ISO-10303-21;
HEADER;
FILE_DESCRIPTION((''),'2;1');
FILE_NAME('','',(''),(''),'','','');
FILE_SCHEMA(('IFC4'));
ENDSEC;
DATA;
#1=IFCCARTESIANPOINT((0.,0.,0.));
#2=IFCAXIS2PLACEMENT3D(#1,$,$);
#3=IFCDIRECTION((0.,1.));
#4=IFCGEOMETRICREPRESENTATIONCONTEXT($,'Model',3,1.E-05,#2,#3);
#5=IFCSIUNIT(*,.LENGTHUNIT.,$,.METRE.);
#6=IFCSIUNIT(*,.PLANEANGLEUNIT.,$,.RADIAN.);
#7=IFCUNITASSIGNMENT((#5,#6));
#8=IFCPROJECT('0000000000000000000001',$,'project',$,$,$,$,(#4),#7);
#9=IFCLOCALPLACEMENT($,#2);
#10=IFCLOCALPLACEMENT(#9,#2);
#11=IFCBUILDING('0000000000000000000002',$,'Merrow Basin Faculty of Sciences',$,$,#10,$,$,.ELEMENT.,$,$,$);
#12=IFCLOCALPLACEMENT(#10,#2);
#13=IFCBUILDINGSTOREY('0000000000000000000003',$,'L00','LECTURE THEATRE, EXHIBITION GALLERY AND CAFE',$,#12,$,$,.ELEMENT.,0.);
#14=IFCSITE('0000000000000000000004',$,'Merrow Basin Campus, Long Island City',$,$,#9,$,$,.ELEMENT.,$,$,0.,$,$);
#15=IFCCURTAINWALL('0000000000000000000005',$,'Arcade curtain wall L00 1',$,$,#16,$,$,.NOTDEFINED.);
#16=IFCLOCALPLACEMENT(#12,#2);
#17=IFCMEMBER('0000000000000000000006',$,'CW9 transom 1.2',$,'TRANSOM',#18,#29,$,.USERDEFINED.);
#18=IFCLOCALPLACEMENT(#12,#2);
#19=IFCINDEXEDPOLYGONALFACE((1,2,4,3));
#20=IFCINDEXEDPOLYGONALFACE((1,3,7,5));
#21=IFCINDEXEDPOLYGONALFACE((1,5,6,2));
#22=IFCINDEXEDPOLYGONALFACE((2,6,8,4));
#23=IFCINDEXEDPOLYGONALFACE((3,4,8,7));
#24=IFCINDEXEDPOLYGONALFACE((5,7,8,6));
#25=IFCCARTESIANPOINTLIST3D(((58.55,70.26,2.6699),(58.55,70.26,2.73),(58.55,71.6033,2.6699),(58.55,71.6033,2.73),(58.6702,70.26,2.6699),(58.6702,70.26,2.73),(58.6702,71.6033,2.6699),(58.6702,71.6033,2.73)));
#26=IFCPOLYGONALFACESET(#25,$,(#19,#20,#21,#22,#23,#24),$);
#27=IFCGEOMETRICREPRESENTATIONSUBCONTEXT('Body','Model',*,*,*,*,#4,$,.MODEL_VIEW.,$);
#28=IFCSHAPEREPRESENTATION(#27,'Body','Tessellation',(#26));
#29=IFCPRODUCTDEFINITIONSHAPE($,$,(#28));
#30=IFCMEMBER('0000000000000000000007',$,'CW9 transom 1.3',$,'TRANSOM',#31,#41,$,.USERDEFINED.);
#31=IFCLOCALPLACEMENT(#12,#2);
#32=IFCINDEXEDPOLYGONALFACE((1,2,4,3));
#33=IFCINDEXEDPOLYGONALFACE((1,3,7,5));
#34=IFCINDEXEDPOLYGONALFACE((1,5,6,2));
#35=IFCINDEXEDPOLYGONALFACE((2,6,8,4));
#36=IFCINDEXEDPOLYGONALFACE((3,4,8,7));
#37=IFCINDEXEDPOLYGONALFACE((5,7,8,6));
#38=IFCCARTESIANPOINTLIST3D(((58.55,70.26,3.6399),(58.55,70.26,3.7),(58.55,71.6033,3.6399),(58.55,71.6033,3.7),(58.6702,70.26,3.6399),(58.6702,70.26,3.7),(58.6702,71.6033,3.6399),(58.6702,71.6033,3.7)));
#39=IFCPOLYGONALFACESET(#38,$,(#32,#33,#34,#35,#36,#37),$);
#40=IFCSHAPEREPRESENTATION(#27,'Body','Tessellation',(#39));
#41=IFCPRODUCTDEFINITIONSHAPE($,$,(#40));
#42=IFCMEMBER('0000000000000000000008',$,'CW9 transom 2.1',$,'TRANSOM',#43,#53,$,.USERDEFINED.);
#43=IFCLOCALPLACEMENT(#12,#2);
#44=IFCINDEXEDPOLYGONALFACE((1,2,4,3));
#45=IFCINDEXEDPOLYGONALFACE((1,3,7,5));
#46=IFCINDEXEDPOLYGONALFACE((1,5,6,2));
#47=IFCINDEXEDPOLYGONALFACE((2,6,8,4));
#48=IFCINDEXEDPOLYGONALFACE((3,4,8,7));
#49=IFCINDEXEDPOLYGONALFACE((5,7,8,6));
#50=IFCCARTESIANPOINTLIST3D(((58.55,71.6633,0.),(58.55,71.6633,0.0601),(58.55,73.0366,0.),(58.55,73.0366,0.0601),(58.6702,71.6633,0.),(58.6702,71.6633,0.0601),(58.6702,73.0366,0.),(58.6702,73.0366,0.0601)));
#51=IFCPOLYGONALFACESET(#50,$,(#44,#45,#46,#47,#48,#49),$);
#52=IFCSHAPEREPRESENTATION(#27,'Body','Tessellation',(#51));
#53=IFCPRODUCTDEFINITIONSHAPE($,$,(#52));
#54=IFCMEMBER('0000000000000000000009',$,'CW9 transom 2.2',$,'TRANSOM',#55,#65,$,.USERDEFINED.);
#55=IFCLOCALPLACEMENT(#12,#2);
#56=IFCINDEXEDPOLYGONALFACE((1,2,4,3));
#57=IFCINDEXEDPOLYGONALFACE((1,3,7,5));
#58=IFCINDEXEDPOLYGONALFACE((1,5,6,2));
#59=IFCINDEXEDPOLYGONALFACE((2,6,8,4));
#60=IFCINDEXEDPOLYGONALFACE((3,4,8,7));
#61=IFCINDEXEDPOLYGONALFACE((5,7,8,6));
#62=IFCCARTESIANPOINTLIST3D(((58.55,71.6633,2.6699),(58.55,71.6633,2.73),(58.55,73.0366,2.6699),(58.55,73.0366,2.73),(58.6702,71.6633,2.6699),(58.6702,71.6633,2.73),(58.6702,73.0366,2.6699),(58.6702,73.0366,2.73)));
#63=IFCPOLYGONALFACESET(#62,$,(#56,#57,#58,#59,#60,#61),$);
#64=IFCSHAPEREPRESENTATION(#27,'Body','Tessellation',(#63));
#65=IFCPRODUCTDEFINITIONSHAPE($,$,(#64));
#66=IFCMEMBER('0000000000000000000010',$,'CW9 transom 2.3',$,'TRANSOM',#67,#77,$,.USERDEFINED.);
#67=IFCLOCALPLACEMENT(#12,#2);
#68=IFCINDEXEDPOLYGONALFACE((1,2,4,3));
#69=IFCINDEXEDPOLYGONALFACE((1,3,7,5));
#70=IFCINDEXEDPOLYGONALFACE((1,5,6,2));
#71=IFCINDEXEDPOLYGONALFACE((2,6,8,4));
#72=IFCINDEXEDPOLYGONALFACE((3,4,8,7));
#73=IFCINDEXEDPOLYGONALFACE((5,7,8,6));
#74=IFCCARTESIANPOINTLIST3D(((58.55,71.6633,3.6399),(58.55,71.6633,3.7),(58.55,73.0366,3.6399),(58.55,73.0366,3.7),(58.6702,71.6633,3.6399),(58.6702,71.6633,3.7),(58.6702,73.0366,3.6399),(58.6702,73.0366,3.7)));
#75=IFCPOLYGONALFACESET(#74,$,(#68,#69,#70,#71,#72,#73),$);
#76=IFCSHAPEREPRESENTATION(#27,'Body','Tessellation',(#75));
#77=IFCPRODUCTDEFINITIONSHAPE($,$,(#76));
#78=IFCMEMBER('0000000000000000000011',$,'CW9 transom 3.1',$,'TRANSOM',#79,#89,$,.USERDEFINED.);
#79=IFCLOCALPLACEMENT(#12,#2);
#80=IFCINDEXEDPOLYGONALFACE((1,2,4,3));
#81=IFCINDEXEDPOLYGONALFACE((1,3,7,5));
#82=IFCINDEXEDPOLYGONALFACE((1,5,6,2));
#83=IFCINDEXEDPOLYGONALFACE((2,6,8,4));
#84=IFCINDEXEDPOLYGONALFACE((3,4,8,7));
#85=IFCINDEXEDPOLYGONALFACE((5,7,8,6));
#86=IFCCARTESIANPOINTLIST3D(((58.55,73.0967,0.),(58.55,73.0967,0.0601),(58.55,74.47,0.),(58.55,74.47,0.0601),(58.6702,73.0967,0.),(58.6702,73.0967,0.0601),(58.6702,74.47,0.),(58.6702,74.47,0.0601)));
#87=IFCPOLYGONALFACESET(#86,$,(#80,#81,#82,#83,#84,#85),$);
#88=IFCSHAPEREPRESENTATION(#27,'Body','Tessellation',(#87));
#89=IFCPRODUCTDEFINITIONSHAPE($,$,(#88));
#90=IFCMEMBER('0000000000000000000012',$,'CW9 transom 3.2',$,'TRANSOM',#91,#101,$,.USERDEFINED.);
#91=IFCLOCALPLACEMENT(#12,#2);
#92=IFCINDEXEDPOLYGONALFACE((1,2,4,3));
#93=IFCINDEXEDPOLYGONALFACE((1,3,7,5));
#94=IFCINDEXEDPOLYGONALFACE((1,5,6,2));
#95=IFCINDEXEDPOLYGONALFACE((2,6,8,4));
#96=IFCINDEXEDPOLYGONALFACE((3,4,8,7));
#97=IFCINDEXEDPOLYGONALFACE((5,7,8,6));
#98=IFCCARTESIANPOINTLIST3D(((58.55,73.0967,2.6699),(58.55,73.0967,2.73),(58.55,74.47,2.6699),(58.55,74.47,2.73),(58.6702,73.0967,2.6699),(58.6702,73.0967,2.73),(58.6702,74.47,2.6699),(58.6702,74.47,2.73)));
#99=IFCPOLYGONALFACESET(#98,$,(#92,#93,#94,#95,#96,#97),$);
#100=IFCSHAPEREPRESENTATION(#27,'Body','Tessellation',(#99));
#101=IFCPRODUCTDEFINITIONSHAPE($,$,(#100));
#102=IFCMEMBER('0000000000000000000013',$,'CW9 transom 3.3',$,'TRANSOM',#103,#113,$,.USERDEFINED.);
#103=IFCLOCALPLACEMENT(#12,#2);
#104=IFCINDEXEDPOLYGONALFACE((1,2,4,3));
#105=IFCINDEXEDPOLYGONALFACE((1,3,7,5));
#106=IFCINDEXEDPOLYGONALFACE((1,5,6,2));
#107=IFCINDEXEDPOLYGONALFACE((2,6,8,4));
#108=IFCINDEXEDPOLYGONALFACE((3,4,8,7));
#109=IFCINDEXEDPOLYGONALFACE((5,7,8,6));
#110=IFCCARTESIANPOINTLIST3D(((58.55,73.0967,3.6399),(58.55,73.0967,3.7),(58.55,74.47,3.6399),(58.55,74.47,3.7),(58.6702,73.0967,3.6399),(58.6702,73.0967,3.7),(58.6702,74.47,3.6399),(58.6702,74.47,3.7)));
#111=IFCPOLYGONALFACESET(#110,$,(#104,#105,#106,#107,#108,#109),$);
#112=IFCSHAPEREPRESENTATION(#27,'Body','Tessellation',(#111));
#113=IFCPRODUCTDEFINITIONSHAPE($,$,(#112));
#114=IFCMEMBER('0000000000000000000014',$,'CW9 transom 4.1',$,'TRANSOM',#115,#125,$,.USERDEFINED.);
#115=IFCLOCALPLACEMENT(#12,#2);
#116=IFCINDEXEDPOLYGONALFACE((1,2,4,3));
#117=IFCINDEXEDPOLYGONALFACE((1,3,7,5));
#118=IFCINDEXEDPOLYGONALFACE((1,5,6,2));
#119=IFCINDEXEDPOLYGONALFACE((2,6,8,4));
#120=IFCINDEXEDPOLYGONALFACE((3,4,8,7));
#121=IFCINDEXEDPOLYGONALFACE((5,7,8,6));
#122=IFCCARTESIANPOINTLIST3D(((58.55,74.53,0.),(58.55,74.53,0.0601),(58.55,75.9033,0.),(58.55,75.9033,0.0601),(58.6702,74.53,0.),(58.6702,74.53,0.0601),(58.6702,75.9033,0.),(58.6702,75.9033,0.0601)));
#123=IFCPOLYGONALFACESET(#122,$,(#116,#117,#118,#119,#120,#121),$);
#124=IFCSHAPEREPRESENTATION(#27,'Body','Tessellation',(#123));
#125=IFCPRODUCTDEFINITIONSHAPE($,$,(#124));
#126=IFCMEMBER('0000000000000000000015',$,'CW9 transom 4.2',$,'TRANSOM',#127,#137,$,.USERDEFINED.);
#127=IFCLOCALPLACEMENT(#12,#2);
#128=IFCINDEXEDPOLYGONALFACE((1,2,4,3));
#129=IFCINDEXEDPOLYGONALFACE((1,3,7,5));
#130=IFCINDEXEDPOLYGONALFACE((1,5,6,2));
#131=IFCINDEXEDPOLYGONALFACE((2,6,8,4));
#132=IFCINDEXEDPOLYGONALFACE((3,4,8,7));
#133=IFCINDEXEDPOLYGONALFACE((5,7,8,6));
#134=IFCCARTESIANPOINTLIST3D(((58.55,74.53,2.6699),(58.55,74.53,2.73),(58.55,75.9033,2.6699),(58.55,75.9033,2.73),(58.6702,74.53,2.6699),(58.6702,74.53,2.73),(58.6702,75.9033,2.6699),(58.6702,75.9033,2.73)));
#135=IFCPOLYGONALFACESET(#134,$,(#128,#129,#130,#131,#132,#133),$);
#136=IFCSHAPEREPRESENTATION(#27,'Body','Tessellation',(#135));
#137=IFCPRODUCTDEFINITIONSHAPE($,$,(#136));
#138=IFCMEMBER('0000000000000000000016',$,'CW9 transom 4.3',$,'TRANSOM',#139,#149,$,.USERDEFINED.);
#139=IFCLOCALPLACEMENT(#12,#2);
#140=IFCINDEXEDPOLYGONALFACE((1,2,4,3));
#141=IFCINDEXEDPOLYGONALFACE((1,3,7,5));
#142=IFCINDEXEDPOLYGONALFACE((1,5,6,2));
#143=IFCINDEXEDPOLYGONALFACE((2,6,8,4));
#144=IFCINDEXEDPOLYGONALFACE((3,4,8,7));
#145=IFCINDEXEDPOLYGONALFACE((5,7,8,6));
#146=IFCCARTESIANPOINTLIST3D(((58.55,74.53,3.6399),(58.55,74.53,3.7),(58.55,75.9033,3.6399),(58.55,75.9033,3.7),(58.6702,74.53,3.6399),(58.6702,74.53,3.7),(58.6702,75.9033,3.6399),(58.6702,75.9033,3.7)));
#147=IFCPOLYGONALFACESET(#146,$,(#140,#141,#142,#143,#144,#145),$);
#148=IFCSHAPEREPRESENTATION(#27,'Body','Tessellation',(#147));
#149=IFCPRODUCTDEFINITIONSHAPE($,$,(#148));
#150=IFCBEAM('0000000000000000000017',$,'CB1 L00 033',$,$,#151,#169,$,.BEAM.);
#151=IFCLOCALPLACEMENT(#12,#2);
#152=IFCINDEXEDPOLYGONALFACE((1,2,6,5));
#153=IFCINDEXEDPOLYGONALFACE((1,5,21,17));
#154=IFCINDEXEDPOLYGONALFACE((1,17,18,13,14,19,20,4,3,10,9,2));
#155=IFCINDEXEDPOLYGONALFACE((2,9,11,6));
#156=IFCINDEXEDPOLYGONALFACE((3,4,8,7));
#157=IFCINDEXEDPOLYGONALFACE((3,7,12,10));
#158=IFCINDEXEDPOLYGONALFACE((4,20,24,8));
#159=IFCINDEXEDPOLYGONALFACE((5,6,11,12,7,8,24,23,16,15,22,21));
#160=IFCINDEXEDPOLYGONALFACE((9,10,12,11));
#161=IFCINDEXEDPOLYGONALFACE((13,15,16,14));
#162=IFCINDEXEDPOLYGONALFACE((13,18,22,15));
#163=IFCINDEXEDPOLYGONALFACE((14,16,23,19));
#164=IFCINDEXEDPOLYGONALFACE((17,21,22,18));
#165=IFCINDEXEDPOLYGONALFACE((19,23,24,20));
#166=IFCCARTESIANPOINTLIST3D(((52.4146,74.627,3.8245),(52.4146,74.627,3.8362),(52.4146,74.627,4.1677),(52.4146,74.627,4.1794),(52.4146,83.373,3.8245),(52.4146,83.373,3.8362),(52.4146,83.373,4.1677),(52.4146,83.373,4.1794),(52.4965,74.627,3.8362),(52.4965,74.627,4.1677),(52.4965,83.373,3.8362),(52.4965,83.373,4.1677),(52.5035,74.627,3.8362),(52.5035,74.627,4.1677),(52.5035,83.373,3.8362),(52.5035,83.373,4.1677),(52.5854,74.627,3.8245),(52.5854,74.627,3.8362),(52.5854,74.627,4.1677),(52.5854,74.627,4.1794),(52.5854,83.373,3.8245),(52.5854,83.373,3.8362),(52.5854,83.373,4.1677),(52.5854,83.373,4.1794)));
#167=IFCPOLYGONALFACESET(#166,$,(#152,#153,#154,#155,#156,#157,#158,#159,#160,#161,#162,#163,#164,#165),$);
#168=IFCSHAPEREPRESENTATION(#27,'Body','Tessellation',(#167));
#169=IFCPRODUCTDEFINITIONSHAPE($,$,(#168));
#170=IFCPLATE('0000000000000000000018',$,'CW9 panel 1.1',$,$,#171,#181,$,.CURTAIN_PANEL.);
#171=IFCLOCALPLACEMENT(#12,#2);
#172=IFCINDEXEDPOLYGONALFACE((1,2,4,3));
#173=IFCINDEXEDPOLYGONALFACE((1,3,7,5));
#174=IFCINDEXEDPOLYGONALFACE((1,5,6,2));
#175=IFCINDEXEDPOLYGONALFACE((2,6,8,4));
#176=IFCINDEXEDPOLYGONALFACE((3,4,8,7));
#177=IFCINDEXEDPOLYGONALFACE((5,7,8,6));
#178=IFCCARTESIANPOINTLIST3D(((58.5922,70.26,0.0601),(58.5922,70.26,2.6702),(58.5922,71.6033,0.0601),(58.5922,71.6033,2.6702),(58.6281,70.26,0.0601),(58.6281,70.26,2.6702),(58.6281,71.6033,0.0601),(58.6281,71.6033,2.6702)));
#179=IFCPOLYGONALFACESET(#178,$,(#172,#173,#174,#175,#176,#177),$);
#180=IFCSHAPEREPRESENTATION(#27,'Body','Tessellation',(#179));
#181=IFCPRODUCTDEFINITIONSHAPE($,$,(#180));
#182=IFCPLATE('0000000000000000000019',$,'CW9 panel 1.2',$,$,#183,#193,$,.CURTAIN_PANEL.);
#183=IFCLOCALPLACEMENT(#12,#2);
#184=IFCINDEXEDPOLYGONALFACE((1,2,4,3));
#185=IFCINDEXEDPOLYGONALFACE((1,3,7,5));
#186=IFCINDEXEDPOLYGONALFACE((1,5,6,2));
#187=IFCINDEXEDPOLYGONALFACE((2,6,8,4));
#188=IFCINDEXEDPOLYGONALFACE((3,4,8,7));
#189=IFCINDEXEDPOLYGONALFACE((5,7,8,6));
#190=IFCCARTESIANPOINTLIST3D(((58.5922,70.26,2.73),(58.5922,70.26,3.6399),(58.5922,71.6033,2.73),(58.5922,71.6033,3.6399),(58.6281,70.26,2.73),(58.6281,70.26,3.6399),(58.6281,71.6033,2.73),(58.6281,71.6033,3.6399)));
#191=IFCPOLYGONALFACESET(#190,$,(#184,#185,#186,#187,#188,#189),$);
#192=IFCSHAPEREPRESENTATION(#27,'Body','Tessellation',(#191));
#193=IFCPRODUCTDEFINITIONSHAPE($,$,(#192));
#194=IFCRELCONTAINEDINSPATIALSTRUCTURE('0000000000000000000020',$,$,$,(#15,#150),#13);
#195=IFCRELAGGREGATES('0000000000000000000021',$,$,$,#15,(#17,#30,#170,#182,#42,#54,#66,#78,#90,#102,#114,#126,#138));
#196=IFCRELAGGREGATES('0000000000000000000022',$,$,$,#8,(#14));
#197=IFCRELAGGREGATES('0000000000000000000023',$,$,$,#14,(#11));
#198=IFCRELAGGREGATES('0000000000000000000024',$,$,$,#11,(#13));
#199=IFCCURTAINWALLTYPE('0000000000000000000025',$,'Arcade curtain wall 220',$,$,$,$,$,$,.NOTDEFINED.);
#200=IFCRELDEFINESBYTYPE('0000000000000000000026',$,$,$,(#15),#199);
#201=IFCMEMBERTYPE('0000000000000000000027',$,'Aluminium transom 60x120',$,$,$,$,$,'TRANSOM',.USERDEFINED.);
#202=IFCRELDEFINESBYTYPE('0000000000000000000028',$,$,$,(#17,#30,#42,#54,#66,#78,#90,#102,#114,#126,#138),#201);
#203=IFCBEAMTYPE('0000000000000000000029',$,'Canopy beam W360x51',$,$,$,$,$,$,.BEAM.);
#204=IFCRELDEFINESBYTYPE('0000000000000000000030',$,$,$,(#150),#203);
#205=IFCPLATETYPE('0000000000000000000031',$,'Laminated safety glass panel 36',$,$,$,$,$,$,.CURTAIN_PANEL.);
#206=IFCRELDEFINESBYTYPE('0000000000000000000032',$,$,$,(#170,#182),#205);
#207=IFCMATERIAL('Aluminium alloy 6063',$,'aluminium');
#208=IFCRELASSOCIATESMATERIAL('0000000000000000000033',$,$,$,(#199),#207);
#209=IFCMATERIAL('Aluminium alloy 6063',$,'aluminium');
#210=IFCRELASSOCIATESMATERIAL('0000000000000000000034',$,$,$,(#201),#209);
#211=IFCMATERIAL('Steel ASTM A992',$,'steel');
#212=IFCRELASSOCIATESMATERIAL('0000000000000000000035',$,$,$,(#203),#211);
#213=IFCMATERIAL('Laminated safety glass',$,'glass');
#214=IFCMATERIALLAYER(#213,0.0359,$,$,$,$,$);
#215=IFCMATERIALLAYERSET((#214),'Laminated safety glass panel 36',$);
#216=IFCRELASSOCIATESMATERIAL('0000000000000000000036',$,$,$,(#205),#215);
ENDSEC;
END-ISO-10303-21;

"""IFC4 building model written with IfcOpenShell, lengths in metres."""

from ifc_helpers import new_model, si_unit, direction, frame, origin, origin_2d, place, context, subcontext, project, spatial, rectangle, i_section, extrude, material, layer, layer_set, material_profile, profile_set, type_object, element, aggregate, save


model = new_model("IFC4")

# Units and contexts
model_context = context("Model", 3, precision=1e-05, world=origin(), true_north=direction((0.0, 1.0)))
body_context = subcontext(model_context, "Body", "Model", "MODEL_VIEW")
ifc_project = project(units=[si_unit("LENGTHUNIT", "METRE"), si_unit("PLANEANGLEUNIT", "RADIAN")], contexts=[model_context])

# Site, building, storey
site_placement = place(None, origin())
site = spatial("IfcSite", under=ifc_project, at=site_placement, Name="Merrow Basin Campus, Long Island City", CompositionType="ELEMENT", RefElevation=0.0)
building_placement = place(site_placement, origin())
building = spatial("IfcBuilding", under=site, at=building_placement, Name="Merrow Basin Faculty of Sciences", CompositionType="ELEMENT")
storey_placement = place(building_placement, origin())
storey = spatial("IfcBuildingStorey", under=building, at=storey_placement, Name="L00", Description="LECTURE THEATRE, EXHIBITION GALLERY AND CAFE", CompositionType="ELEMENT", Elevation=0.0)

# Curtain wall, members
ifc_material_1 = material(Name="Aluminium alloy 6063", Category="aluminium")
curtain_wall_type = type_object("IfcCurtainWallType", Name="Arcade curtain wall 220", PredefinedType="NOTDEFINED", material=ifc_material_1)
curtain_wall_placement = place(storey_placement, origin())
curtain_wall = element("IfcCurtainWall", 1, at=curtain_wall_placement, inside=storey, type_object=curtain_wall_type, Name="Arcade curtain wall L00 1", PredefinedType="NOTDEFINED")
ifc_material_2 = material(Name="Aluminium alloy 6063", Category="aluminium")
ifc_material_profile_1 = material_profile(ifc_material_2, rectangle(XDim=0.1201, YDim=0.0601, at=origin_2d()))
ifc_profile_set_1 = profile_set([ifc_material_profile_1], Name="Aluminium alloy 6063")
member_type_1 = type_object("IfcMemberType", Name="Aluminium transom 60x120", ElementType="TRANSOM", PredefinedType="USERDEFINED", material=ifc_profile_set_1)
member_1_placement = place(storey_placement, frame((58.6101, 70.26, 2.7), z_axis=(0.0, 1.0, 0.0), x_axis=(-1.0, 0.0, 0.0)))
member_1 = element("IfcMember", 2, at=member_1_placement, type_object=member_type_1, Name="CW9 transom 1.2", ObjectType="TRANSOM", PredefinedType="USERDEFINED", context=body_context, shape_type="SweptSolid", body=[
    extrude(rectangle(XDim=0.1201, YDim=0.0601, at=origin_2d()), origin(), (0.0, 0.0, 1.0), 1.3433),
])
member_2_placement = place(storey_placement, frame((58.6101, 70.26, 3.6699), z_axis=(0.0, 1.0, 0.0), x_axis=(-1.0, 0.0, 0.0)))
member_2 = element("IfcMember", 3, at=member_2_placement, type_object=member_type_1, Name="CW9 transom 1.3", ObjectType="TRANSOM", PredefinedType="USERDEFINED", context=body_context, shape_type="SweptSolid", body=[
    extrude(rectangle(XDim=0.1201, YDim=0.0601, at=origin_2d()), origin(), (0.0, 0.0, 1.0), 1.3433),
])
member_3_placement = place(storey_placement, frame((58.6101, 71.6633, 0.03), z_axis=(0.0, 1.0, 0.0), x_axis=(-1.0, 0.0, 0.0)))
member_3 = element("IfcMember", 4, at=member_3_placement, type_object=member_type_1, Name="CW9 transom 2.1", ObjectType="TRANSOM", PredefinedType="USERDEFINED", context=body_context, shape_type="SweptSolid", body=[
    extrude(rectangle(XDim=0.1201, YDim=0.0601, at=origin_2d()), origin(), (0.0, 0.0, 1.0), 1.3733),
])
member_4_placement = place(storey_placement, frame((58.6101, 71.6633, 2.7), z_axis=(0.0, 1.0, 0.0), x_axis=(-1.0, 0.0, 0.0)))
member_4 = element("IfcMember", 5, at=member_4_placement, type_object=member_type_1, Name="CW9 transom 2.2", ObjectType="TRANSOM", PredefinedType="USERDEFINED", context=body_context, shape_type="SweptSolid", body=[
    extrude(rectangle(XDim=0.1201, YDim=0.0601, at=origin_2d()), origin(), (0.0, 0.0, 1.0), 1.3733),
])
member_5_placement = place(storey_placement, frame((58.6101, 71.6633, 3.6699), z_axis=(0.0, 1.0, 0.0), x_axis=(-1.0, 0.0, 0.0)))
member_5 = element("IfcMember", 6, at=member_5_placement, type_object=member_type_1, Name="CW9 transom 2.3", ObjectType="TRANSOM", PredefinedType="USERDEFINED", context=body_context, shape_type="SweptSolid", body=[
    extrude(rectangle(XDim=0.1201, YDim=0.0601, at=origin_2d()), origin(), (0.0, 0.0, 1.0), 1.3733),
])
member_6_placement = place(storey_placement, frame((58.6101, 73.0967, 0.03), z_axis=(0.0, 1.0, 0.0), x_axis=(-1.0, 0.0, 0.0)))
member_6 = element("IfcMember", 7, at=member_6_placement, type_object=member_type_1, Name="CW9 transom 3.1", ObjectType="TRANSOM", PredefinedType="USERDEFINED", context=body_context, shape_type="SweptSolid", body=[
    extrude(rectangle(XDim=0.1201, YDim=0.0601, at=origin_2d()), origin(), (0.0, 0.0, 1.0), 1.3733),
])
member_7_placement = place(storey_placement, frame((58.6101, 73.0967, 2.7), z_axis=(0.0, 1.0, 0.0), x_axis=(-1.0, 0.0, 0.0)))
member_7 = element("IfcMember", 8, at=member_7_placement, type_object=member_type_1, Name="CW9 transom 3.2", ObjectType="TRANSOM", PredefinedType="USERDEFINED", context=body_context, shape_type="SweptSolid", body=[
    extrude(rectangle(XDim=0.1201, YDim=0.0601, at=origin_2d()), origin(), (0.0, 0.0, 1.0), 1.3733),
])
member_8_placement = place(storey_placement, frame((58.6101, 73.0967, 3.6699), z_axis=(0.0, 1.0, 0.0), x_axis=(-1.0, 0.0, 0.0)))
member_8 = element("IfcMember", 9, at=member_8_placement, type_object=member_type_1, Name="CW9 transom 3.3", ObjectType="TRANSOM", PredefinedType="USERDEFINED", context=body_context, shape_type="SweptSolid", body=[
    extrude(rectangle(XDim=0.1201, YDim=0.0601, at=origin_2d()), origin(), (0.0, 0.0, 1.0), 1.3733),
])
member_9_placement = place(storey_placement, frame((58.6101, 74.53, 0.03), z_axis=(0.0, 1.0, 0.0), x_axis=(-1.0, 0.0, 0.0)))
member_9 = element("IfcMember", 10, at=member_9_placement, type_object=member_type_1, Name="CW9 transom 4.1", ObjectType="TRANSOM", PredefinedType="USERDEFINED", context=body_context, shape_type="SweptSolid", body=[
    extrude(rectangle(XDim=0.1201, YDim=0.0601, at=origin_2d()), origin(), (0.0, 0.0, 1.0), 1.3733),
])
member_10_placement = place(storey_placement, frame((58.6101, 74.53, 2.7), z_axis=(0.0, 1.0, 0.0), x_axis=(-1.0, 0.0, 0.0)))
member_10 = element("IfcMember", 11, at=member_10_placement, type_object=member_type_1, Name="CW9 transom 4.2", ObjectType="TRANSOM", PredefinedType="USERDEFINED", context=body_context, shape_type="SweptSolid", body=[
    extrude(rectangle(XDim=0.1201, YDim=0.0601, at=origin_2d()), origin(), (0.0, 0.0, 1.0), 1.3733),
])
member_11_placement = place(storey_placement, frame((58.6101, 74.53, 3.6699), z_axis=(0.0, 1.0, 0.0), x_axis=(-1.0, 0.0, 0.0)))
member_11 = element("IfcMember", 12, at=member_11_placement, type_object=member_type_1, Name="CW9 transom 4.3", ObjectType="TRANSOM", PredefinedType="USERDEFINED", context=body_context, shape_type="SweptSolid", body=[
    extrude(rectangle(XDim=0.1201, YDim=0.0601, at=origin_2d()), origin(), (0.0, 0.0, 1.0), 1.3733),
])

# Beam
ifc_material_3 = material(Name="Steel ASTM A992", Category="steel")
ifc_material_profile_2 = material_profile(ifc_material_3, i_section(OverallWidth=0.1709, OverallDepth=0.355, WebThickness=0.0071, FlangeThickness=0.0117, at=origin_2d()))
ifc_profile_set_2 = profile_set([ifc_material_profile_2], Name="Steel ASTM A992")
beam_type = type_object("IfcBeamType", Name="Canopy beam W360x51", PredefinedType="BEAM", material=ifc_profile_set_2)
beam_placement = place(storey_placement, frame((52.5, 74.627, 4.002), z_axis=(0.0, 1.0, 0.0), x_axis=(-1.0, 0.0, 0.0)))
element("IfcBeam", 13, at=beam_placement, inside=storey, type_object=beam_type, Name="CB1 L00 033", PredefinedType="BEAM", context=body_context, shape_type="SweptSolid", body=[
    extrude(i_section(OverallWidth=0.1709, OverallDepth=0.355, WebThickness=0.0071, FlangeThickness=0.0117, at=origin_2d()), origin(), (0.0, 0.0, 1.0), 8.7461),
])

# Plates
ifc_material_4 = material(Name="Laminated safety glass", Category="glass")
ifc_layer_1 = layer(ifc_material_4, 0.0359)
ifc_layer_set_1 = layer_set([ifc_layer_1], Name="Laminated safety glass panel 36")
plate_type = type_object("IfcPlateType", Name="Laminated safety glass panel 36", PredefinedType="CURTAIN_PANEL", material=ifc_layer_set_1)
plate_1_placement = place(storey_placement, frame((58.6101, 70.9316, 0.0601), z_axis=(0.0, 0.0, 1.0), x_axis=(0.0, 1.0, 0.0)))
plate_1 = element("IfcPlate", 14, at=plate_1_placement, type_object=plate_type, Name="CW9 panel 1.1", PredefinedType="CURTAIN_PANEL", context=body_context, shape_type="SweptSolid", body=[
    extrude(rectangle(XDim=1.3433, YDim=0.0359, at=origin_2d()), origin(), (0.0, 0.0, 1.0), 2.6101),
])
plate_2_placement = place(storey_placement, frame((58.6101, 70.9316, 2.73), z_axis=(0.0, 0.0, 1.0), x_axis=(0.0, 1.0, 0.0)))
plate_2 = element("IfcPlate", 15, at=plate_2_placement, type_object=plate_type, Name="CW9 panel 1.2", PredefinedType="CURTAIN_PANEL", context=body_context, shape_type="SweptSolid", body=[
    extrude(rectangle(XDim=1.3433, YDim=0.0359, at=origin_2d()), origin(), (0.0, 0.0, 1.0), 0.9099),
])
aggregate(curtain_wall, [member_1, member_2, plate_1, plate_2, member_3, member_4, member_5, member_6, member_7, member_8, member_9, member_10, member_11])

save(model, "model.ifc")
